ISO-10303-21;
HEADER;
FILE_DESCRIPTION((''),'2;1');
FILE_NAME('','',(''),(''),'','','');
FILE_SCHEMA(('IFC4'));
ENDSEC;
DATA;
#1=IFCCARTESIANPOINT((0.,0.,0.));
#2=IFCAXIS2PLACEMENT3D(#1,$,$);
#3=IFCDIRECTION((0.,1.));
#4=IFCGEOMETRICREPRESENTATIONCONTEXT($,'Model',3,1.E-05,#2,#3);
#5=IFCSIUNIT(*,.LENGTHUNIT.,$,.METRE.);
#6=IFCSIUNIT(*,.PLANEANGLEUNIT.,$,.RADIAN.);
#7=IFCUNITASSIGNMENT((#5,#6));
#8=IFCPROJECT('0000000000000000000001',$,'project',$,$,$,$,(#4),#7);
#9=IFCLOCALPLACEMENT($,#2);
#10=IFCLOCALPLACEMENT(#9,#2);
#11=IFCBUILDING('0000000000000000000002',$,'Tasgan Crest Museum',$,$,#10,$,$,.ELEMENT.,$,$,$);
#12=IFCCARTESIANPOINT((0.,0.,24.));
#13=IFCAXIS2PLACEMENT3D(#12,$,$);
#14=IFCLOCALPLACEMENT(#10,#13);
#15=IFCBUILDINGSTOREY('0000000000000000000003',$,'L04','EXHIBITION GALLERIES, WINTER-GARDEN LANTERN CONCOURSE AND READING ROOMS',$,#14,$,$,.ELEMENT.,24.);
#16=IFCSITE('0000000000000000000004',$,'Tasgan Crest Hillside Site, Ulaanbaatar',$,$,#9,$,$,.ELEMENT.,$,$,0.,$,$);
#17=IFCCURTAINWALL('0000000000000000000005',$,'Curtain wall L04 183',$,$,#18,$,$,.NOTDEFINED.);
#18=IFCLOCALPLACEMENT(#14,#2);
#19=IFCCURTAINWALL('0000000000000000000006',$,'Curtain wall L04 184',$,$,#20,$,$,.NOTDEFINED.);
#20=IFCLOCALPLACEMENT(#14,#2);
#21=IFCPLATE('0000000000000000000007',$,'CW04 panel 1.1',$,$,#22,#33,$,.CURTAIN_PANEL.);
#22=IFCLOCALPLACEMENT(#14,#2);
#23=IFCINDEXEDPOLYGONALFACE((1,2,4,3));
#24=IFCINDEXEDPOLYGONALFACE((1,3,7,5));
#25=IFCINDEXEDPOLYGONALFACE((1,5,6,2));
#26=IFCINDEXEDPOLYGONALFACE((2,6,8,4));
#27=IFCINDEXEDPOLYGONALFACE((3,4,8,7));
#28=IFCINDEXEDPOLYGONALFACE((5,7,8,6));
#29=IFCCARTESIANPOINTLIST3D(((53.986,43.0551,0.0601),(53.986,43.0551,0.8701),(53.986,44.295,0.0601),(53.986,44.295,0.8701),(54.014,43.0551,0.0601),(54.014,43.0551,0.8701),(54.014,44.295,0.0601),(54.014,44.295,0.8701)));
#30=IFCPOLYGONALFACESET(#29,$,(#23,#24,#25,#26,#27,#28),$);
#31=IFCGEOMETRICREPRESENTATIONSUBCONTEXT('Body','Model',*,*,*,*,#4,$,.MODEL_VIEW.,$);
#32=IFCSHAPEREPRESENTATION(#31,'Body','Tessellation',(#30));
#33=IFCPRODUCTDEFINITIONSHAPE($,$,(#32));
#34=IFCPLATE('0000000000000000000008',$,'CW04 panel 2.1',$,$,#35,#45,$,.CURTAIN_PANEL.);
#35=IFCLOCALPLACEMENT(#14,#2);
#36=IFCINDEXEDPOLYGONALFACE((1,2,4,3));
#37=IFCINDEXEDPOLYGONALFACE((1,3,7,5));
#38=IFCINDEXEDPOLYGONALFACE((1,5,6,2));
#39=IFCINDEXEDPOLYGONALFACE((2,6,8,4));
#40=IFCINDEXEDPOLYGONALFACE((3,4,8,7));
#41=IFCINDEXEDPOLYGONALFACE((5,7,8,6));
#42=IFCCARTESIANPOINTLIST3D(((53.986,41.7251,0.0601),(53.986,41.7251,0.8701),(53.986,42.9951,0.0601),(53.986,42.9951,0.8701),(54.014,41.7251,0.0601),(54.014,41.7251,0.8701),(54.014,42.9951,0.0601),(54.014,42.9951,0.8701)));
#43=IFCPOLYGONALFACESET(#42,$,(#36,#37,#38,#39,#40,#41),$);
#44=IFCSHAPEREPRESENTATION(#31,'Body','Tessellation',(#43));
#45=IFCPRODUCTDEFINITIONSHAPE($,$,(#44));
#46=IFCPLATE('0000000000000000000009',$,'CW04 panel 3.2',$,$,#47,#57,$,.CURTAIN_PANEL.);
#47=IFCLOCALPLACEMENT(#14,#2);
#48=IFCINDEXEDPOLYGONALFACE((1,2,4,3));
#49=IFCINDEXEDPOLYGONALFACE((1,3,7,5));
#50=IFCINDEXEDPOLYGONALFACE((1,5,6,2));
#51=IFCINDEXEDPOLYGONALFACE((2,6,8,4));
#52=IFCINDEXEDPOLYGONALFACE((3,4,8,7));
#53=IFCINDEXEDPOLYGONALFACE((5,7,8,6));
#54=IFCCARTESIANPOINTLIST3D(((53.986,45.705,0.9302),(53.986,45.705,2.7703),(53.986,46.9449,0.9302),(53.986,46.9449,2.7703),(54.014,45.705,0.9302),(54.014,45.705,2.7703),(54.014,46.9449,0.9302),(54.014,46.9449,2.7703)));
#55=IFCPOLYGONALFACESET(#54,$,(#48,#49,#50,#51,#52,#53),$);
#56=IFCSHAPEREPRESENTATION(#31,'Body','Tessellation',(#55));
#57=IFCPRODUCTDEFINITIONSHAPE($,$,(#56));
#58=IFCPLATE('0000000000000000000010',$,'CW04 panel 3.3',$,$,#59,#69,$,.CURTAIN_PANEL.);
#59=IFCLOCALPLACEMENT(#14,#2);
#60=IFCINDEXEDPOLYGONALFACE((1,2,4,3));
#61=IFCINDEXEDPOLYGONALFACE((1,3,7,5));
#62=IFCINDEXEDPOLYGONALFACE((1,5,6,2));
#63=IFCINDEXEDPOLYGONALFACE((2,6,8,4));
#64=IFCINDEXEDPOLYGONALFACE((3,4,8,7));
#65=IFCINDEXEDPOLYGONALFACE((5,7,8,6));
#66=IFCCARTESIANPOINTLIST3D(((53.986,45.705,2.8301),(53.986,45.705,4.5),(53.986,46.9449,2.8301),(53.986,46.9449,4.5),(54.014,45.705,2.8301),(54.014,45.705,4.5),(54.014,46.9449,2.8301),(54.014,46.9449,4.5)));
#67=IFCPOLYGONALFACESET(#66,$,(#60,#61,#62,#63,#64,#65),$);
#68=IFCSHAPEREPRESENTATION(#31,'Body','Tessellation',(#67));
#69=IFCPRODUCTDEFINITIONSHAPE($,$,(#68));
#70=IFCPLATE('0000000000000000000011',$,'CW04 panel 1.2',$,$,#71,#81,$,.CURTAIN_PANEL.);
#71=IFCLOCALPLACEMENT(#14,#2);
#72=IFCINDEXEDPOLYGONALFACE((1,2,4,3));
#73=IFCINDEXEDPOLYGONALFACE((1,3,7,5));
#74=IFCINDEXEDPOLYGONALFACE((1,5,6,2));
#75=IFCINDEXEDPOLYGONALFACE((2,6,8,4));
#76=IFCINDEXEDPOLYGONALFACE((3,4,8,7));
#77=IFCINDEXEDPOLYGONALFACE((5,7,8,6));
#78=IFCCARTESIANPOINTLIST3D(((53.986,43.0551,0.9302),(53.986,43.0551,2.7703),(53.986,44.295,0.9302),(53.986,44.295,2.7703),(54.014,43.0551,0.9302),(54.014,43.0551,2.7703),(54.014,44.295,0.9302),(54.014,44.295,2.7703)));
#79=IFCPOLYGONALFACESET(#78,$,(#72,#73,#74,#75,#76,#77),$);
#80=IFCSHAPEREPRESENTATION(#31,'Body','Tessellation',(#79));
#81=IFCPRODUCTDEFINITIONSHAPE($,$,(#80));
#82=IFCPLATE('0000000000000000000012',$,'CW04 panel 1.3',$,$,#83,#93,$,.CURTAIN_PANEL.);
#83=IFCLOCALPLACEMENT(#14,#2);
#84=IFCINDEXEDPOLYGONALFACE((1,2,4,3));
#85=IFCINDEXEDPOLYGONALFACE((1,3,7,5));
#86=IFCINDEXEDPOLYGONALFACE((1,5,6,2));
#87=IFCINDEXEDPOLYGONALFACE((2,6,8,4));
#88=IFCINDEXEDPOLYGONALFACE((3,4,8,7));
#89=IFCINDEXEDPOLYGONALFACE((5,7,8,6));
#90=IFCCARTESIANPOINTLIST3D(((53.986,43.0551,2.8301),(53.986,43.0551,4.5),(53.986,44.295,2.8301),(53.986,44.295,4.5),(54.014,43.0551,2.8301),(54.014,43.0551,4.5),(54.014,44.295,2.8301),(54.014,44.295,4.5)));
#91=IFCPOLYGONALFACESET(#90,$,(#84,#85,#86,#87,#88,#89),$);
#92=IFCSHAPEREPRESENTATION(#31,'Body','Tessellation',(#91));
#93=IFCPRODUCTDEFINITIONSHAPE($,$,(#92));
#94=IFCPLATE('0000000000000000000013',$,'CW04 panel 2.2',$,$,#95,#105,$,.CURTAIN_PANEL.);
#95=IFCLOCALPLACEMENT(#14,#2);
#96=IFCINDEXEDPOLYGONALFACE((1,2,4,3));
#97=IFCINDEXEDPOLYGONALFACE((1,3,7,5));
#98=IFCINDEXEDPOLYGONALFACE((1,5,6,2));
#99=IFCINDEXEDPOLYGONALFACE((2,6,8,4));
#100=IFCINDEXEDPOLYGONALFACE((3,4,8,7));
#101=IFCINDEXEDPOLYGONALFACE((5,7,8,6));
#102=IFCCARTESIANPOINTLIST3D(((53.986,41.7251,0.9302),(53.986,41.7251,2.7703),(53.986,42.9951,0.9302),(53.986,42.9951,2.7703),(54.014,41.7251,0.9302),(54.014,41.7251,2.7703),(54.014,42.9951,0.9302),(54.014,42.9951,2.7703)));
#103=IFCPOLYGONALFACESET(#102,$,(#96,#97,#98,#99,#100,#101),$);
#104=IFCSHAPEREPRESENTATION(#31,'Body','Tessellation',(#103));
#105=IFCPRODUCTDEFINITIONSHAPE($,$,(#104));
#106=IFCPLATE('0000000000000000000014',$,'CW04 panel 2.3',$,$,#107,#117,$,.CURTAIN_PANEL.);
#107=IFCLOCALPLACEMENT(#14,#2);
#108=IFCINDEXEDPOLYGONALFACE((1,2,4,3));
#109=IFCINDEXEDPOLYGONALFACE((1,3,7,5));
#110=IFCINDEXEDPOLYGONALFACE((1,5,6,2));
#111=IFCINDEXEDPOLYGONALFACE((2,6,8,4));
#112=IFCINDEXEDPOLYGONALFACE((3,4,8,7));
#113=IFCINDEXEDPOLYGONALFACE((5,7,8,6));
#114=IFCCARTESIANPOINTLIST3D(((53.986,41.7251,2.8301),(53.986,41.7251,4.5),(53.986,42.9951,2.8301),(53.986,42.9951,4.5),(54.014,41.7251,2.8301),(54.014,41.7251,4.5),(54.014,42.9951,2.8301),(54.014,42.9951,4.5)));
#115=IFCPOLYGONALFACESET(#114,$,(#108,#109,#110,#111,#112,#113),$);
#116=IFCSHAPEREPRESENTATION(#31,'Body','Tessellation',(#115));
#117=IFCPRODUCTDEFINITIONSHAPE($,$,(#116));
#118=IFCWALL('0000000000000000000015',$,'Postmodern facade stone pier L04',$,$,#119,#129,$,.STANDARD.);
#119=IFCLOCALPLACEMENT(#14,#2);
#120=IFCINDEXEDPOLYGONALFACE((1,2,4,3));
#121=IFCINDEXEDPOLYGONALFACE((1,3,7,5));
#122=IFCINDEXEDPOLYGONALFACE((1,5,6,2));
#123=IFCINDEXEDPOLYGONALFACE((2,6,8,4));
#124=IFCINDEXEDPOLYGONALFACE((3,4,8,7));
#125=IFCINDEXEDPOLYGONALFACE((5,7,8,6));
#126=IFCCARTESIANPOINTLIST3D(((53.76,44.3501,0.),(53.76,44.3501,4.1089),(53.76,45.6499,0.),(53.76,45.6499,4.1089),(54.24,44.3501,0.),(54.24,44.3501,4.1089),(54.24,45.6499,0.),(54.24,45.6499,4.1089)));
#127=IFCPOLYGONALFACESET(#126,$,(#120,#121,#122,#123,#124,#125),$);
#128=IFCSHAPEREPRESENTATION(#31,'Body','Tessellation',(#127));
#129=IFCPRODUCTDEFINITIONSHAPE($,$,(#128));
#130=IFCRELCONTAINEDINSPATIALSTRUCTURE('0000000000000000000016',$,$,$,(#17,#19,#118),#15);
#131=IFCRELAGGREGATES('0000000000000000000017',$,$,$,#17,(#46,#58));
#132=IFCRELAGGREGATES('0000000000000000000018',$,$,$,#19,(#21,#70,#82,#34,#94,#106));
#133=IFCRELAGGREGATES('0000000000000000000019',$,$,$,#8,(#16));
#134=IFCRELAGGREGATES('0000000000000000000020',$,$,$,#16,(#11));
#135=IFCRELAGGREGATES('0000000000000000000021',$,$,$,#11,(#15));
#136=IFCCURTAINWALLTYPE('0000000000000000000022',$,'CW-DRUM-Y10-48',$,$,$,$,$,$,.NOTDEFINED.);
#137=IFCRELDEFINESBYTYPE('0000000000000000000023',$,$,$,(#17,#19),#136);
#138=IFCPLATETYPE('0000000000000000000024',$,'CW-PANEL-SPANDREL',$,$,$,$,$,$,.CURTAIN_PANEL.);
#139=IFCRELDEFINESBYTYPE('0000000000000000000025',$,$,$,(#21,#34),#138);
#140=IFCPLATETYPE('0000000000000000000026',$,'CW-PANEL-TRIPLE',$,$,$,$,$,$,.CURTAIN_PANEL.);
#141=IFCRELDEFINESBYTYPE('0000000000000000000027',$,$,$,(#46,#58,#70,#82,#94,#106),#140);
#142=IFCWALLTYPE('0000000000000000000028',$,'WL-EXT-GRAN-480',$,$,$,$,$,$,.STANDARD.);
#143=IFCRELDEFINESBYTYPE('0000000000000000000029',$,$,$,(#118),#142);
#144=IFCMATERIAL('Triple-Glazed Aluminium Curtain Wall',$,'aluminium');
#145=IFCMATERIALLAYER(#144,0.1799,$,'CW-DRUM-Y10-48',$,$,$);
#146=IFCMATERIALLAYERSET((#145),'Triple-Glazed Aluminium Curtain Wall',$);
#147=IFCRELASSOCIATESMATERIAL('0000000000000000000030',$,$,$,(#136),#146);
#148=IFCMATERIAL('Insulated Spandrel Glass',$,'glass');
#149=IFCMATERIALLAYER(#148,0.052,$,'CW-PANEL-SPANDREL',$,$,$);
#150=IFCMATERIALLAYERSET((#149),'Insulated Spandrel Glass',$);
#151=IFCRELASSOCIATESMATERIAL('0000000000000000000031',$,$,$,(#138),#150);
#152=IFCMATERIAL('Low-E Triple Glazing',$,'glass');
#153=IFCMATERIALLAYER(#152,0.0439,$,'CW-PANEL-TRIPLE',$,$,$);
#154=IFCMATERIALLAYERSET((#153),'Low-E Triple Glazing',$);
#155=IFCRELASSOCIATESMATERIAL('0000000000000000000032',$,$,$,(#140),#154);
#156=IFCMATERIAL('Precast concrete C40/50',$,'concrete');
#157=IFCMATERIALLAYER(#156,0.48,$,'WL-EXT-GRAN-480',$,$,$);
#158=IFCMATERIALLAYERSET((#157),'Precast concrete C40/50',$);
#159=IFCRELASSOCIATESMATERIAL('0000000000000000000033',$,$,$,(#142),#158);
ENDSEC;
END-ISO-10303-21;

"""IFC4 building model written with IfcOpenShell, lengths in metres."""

from ifc_helpers import new_model, si_unit, direction, frame, frame_2d, origin, origin_2d, place, context, subcontext, project, spatial, rectangle, extrude, material, layer, layer_set, type_object, element, aggregate, save


model = new_model("IFC4")

# Units and contexts
model_context = context("Model", 3, precision=1e-05, world=origin(), true_north=direction((0.0, 1.0)))
body_context = subcontext(model_context, "Body", "Model", "MODEL_VIEW")
ifc_project = project(units=[si_unit("LENGTHUNIT", "METRE"), si_unit("PLANEANGLEUNIT", "RADIAN")], contexts=[model_context])

# Site, building, storey
site_placement = place(None, origin())
site = spatial("IfcSite", under=ifc_project, at=site_placement, Name="Tasgan Crest Hillside Site, Ulaanbaatar", CompositionType="ELEMENT", RefElevation=0.0)
building_placement = place(site_placement, origin())
building = spatial("IfcBuilding", under=site, at=building_placement, Name="Tasgan Crest Museum", CompositionType="ELEMENT")
storey_placement = place(building_placement, frame((0.0, 0.0, 24.0)))
storey = spatial("IfcBuildingStorey", under=building, at=storey_placement, Name="L04", Description="EXHIBITION GALLERIES, WINTER-GARDEN LANTERN CONCOURSE AND READING ROOMS", CompositionType="ELEMENT", Elevation=24.0)

# Curtain walls
ifc_material_1 = material(Name="Triple-Glazed Aluminium Curtain Wall", Category="aluminium")
ifc_layer_1 = layer(ifc_material_1, 0.1799, Name="CW-DRUM-Y10-48")
ifc_layer_set_1 = layer_set([ifc_layer_1], Name="Triple-Glazed Aluminium Curtain Wall")
curtain_wall_type = type_object("IfcCurtainWallType", Name="CW-DRUM-Y10-48", PredefinedType="NOTDEFINED", material=ifc_layer_set_1)
curtain_wall_1_placement = place(storey_placement, origin())
curtain_wall_1 = element("IfcCurtainWall", 1, at=curtain_wall_1_placement, inside=storey, type_object=curtain_wall_type, Name="Curtain wall L04 183", PredefinedType="NOTDEFINED")
curtain_wall_2_placement = place(storey_placement, origin())
curtain_wall_2 = element("IfcCurtainWall", 2, at=curtain_wall_2_placement, inside=storey, type_object=curtain_wall_type, Name="Curtain wall L04 184", PredefinedType="NOTDEFINED")

# Plates
ifc_material_2 = material(Name="Insulated Spandrel Glass", Category="glass")
ifc_layer_2 = layer(ifc_material_2, 0.052, Name="CW-PANEL-SPANDREL")
ifc_layer_set_2 = layer_set([ifc_layer_2], Name="Insulated Spandrel Glass")
plate_type_1 = type_object("IfcPlateType", Name="CW-PANEL-SPANDREL", PredefinedType="CURTAIN_PANEL", material=ifc_layer_set_2)
plate_1_placement = place(storey_placement, frame((54.0, 43.675, 0.0601), z_axis=(0.0, 0.0, 1.0), x_axis=(0.0, -1.0, 0.0)))
plate_1 = element("IfcPlate", 3, at=plate_1_placement, type_object=plate_type_1, Name="CW04 panel 1.1", PredefinedType="CURTAIN_PANEL", context=body_context, shape_type="SweptSolid", body=[
    extrude(rectangle(XDim=1.24, YDim=0.0281, at=origin_2d()), origin(), (0.0, 0.0, 1.0), 0.8101),
])
plate_2_placement = place(storey_placement, frame((54.0, 42.3601, 0.0601), z_axis=(0.0, 0.0, 1.0), x_axis=(0.0, -1.0, 0.0)))
plate_2 = element("IfcPlate", 4, at=plate_2_placement, type_object=plate_type_1, Name="CW04 panel 2.1", PredefinedType="CURTAIN_PANEL", context=body_context, shape_type="SweptSolid", body=[
    extrude(rectangle(XDim=1.27, YDim=0.0281, at=origin_2d()), origin(), (0.0, 0.0, 1.0), 0.8101),
])
ifc_material_3 = material(Name="Low-E Triple Glazing", Category="glass")
ifc_layer_3 = layer(ifc_material_3, 0.0439, Name="CW-PANEL-TRIPLE")
ifc_layer_set_3 = layer_set([ifc_layer_3], Name="Low-E Triple Glazing")
plate_type_2 = type_object("IfcPlateType", Name="CW-PANEL-TRIPLE", PredefinedType="CURTAIN_PANEL", material=ifc_layer_set_3)
plate_3_placement = place(storey_placement, frame((54.0, 46.325, 0.9302), z_axis=(0.0, 0.0, 1.0), x_axis=(0.0, -1.0, 0.0)))
plate_3 = element("IfcPlate", 5, at=plate_3_placement, type_object=plate_type_2, Name="CW04 panel 3.2", PredefinedType="CURTAIN_PANEL", context=body_context, shape_type="SweptSolid", body=[
    extrude(rectangle(XDim=1.24, YDim=0.0281, at=origin_2d()), origin(), (0.0, 0.0, 1.0), 1.8401),
])
plate_4_placement = place(storey_placement, frame((54.0, 46.325, 2.8301), z_axis=(0.0, 0.0, 1.0), x_axis=(0.0, -1.0, 0.0)))
plate_4 = element("IfcPlate", 6, at=plate_4_placement, type_object=plate_type_2, Name="CW04 panel 3.3", PredefinedType="CURTAIN_PANEL", context=body_context, shape_type="SweptSolid", body=[
    extrude(rectangle(XDim=1.24, YDim=0.0281, at=origin_2d()), origin(), (0.0, 0.0, 1.0), 1.6699),
])
aggregate(curtain_wall_1, [plate_3, plate_4])
plate_5_placement = place(storey_placement, frame((54.0, 43.675, 0.9302), z_axis=(0.0, 0.0, 1.0), x_axis=(0.0, -1.0, 0.0)))
plate_5 = element("IfcPlate", 7, at=plate_5_placement, type_object=plate_type_2, Name="CW04 panel 1.2", PredefinedType="CURTAIN_PANEL", context=body_context, shape_type="SweptSolid", body=[
    extrude(rectangle(XDim=1.24, YDim=0.0281, at=origin_2d()), origin(), (0.0, 0.0, 1.0), 1.8401),
])
plate_6_placement = place(storey_placement, frame((54.0, 43.675, 2.8301), z_axis=(0.0, 0.0, 1.0), x_axis=(0.0, -1.0, 0.0)))
plate_6 = element("IfcPlate", 8, at=plate_6_placement, type_object=plate_type_2, Name="CW04 panel 1.3", PredefinedType="CURTAIN_PANEL", context=body_context, shape_type="SweptSolid", body=[
    extrude(rectangle(XDim=1.24, YDim=0.0281, at=origin_2d()), origin(), (0.0, 0.0, 1.0), 1.6699),
])
plate_7_placement = place(storey_placement, frame((54.0, 42.3601, 0.9302), z_axis=(0.0, 0.0, 1.0), x_axis=(0.0, -1.0, 0.0)))
plate_7 = element("IfcPlate", 9, at=plate_7_placement, type_object=plate_type_2, Name="CW04 panel 2.2", PredefinedType="CURTAIN_PANEL", context=body_context, shape_type="SweptSolid", body=[
    extrude(rectangle(XDim=1.27, YDim=0.0281, at=origin_2d()), origin(), (0.0, 0.0, 1.0), 1.8401),
])
plate_8_placement = place(storey_placement, frame((54.0, 42.3601, 2.8301), z_axis=(0.0, 0.0, 1.0), x_axis=(0.0, -1.0, 0.0)))
plate_8 = element("IfcPlate", 10, at=plate_8_placement, type_object=plate_type_2, Name="CW04 panel 2.3", PredefinedType="CURTAIN_PANEL", context=body_context, shape_type="SweptSolid", body=[
    extrude(rectangle(XDim=1.27, YDim=0.0281, at=origin_2d()), origin(), (0.0, 0.0, 1.0), 1.6699),
])
aggregate(curtain_wall_2, [plate_1, plate_5, plate_6, plate_2, plate_7, plate_8])

# Wall
ifc_material_4 = material(Name="Precast concrete C40/50", Category="concrete")
ifc_layer_4 = layer(ifc_material_4, 0.48, Name="WL-EXT-GRAN-480")
ifc_layer_set_4 = layer_set([ifc_layer_4], Name="Precast concrete C40/50")
wall_type = type_object("IfcWallType", Name="WL-EXT-GRAN-480", PredefinedType="STANDARD", material=ifc_layer_set_4)
wall_placement = place(storey_placement, frame((54.0, 45.6499, 0.0), z_axis=(0.0, 0.0, 1.0), x_axis=(0.0, -1.0, 0.0)))
element("IfcWall", 11, at=wall_placement, inside=storey, type_object=wall_type, Name="Postmodern facade stone pier L04", PredefinedType="STANDARD", context=body_context, shape_type="SweptSolid", body=[
    extrude(rectangle(XDim=1.2998, YDim=0.48, at=frame_2d((0.6499, 0.0))), origin(), (0.0, 0.0, 1.0), 4.1089),
])

save(model, "model.ifc")
